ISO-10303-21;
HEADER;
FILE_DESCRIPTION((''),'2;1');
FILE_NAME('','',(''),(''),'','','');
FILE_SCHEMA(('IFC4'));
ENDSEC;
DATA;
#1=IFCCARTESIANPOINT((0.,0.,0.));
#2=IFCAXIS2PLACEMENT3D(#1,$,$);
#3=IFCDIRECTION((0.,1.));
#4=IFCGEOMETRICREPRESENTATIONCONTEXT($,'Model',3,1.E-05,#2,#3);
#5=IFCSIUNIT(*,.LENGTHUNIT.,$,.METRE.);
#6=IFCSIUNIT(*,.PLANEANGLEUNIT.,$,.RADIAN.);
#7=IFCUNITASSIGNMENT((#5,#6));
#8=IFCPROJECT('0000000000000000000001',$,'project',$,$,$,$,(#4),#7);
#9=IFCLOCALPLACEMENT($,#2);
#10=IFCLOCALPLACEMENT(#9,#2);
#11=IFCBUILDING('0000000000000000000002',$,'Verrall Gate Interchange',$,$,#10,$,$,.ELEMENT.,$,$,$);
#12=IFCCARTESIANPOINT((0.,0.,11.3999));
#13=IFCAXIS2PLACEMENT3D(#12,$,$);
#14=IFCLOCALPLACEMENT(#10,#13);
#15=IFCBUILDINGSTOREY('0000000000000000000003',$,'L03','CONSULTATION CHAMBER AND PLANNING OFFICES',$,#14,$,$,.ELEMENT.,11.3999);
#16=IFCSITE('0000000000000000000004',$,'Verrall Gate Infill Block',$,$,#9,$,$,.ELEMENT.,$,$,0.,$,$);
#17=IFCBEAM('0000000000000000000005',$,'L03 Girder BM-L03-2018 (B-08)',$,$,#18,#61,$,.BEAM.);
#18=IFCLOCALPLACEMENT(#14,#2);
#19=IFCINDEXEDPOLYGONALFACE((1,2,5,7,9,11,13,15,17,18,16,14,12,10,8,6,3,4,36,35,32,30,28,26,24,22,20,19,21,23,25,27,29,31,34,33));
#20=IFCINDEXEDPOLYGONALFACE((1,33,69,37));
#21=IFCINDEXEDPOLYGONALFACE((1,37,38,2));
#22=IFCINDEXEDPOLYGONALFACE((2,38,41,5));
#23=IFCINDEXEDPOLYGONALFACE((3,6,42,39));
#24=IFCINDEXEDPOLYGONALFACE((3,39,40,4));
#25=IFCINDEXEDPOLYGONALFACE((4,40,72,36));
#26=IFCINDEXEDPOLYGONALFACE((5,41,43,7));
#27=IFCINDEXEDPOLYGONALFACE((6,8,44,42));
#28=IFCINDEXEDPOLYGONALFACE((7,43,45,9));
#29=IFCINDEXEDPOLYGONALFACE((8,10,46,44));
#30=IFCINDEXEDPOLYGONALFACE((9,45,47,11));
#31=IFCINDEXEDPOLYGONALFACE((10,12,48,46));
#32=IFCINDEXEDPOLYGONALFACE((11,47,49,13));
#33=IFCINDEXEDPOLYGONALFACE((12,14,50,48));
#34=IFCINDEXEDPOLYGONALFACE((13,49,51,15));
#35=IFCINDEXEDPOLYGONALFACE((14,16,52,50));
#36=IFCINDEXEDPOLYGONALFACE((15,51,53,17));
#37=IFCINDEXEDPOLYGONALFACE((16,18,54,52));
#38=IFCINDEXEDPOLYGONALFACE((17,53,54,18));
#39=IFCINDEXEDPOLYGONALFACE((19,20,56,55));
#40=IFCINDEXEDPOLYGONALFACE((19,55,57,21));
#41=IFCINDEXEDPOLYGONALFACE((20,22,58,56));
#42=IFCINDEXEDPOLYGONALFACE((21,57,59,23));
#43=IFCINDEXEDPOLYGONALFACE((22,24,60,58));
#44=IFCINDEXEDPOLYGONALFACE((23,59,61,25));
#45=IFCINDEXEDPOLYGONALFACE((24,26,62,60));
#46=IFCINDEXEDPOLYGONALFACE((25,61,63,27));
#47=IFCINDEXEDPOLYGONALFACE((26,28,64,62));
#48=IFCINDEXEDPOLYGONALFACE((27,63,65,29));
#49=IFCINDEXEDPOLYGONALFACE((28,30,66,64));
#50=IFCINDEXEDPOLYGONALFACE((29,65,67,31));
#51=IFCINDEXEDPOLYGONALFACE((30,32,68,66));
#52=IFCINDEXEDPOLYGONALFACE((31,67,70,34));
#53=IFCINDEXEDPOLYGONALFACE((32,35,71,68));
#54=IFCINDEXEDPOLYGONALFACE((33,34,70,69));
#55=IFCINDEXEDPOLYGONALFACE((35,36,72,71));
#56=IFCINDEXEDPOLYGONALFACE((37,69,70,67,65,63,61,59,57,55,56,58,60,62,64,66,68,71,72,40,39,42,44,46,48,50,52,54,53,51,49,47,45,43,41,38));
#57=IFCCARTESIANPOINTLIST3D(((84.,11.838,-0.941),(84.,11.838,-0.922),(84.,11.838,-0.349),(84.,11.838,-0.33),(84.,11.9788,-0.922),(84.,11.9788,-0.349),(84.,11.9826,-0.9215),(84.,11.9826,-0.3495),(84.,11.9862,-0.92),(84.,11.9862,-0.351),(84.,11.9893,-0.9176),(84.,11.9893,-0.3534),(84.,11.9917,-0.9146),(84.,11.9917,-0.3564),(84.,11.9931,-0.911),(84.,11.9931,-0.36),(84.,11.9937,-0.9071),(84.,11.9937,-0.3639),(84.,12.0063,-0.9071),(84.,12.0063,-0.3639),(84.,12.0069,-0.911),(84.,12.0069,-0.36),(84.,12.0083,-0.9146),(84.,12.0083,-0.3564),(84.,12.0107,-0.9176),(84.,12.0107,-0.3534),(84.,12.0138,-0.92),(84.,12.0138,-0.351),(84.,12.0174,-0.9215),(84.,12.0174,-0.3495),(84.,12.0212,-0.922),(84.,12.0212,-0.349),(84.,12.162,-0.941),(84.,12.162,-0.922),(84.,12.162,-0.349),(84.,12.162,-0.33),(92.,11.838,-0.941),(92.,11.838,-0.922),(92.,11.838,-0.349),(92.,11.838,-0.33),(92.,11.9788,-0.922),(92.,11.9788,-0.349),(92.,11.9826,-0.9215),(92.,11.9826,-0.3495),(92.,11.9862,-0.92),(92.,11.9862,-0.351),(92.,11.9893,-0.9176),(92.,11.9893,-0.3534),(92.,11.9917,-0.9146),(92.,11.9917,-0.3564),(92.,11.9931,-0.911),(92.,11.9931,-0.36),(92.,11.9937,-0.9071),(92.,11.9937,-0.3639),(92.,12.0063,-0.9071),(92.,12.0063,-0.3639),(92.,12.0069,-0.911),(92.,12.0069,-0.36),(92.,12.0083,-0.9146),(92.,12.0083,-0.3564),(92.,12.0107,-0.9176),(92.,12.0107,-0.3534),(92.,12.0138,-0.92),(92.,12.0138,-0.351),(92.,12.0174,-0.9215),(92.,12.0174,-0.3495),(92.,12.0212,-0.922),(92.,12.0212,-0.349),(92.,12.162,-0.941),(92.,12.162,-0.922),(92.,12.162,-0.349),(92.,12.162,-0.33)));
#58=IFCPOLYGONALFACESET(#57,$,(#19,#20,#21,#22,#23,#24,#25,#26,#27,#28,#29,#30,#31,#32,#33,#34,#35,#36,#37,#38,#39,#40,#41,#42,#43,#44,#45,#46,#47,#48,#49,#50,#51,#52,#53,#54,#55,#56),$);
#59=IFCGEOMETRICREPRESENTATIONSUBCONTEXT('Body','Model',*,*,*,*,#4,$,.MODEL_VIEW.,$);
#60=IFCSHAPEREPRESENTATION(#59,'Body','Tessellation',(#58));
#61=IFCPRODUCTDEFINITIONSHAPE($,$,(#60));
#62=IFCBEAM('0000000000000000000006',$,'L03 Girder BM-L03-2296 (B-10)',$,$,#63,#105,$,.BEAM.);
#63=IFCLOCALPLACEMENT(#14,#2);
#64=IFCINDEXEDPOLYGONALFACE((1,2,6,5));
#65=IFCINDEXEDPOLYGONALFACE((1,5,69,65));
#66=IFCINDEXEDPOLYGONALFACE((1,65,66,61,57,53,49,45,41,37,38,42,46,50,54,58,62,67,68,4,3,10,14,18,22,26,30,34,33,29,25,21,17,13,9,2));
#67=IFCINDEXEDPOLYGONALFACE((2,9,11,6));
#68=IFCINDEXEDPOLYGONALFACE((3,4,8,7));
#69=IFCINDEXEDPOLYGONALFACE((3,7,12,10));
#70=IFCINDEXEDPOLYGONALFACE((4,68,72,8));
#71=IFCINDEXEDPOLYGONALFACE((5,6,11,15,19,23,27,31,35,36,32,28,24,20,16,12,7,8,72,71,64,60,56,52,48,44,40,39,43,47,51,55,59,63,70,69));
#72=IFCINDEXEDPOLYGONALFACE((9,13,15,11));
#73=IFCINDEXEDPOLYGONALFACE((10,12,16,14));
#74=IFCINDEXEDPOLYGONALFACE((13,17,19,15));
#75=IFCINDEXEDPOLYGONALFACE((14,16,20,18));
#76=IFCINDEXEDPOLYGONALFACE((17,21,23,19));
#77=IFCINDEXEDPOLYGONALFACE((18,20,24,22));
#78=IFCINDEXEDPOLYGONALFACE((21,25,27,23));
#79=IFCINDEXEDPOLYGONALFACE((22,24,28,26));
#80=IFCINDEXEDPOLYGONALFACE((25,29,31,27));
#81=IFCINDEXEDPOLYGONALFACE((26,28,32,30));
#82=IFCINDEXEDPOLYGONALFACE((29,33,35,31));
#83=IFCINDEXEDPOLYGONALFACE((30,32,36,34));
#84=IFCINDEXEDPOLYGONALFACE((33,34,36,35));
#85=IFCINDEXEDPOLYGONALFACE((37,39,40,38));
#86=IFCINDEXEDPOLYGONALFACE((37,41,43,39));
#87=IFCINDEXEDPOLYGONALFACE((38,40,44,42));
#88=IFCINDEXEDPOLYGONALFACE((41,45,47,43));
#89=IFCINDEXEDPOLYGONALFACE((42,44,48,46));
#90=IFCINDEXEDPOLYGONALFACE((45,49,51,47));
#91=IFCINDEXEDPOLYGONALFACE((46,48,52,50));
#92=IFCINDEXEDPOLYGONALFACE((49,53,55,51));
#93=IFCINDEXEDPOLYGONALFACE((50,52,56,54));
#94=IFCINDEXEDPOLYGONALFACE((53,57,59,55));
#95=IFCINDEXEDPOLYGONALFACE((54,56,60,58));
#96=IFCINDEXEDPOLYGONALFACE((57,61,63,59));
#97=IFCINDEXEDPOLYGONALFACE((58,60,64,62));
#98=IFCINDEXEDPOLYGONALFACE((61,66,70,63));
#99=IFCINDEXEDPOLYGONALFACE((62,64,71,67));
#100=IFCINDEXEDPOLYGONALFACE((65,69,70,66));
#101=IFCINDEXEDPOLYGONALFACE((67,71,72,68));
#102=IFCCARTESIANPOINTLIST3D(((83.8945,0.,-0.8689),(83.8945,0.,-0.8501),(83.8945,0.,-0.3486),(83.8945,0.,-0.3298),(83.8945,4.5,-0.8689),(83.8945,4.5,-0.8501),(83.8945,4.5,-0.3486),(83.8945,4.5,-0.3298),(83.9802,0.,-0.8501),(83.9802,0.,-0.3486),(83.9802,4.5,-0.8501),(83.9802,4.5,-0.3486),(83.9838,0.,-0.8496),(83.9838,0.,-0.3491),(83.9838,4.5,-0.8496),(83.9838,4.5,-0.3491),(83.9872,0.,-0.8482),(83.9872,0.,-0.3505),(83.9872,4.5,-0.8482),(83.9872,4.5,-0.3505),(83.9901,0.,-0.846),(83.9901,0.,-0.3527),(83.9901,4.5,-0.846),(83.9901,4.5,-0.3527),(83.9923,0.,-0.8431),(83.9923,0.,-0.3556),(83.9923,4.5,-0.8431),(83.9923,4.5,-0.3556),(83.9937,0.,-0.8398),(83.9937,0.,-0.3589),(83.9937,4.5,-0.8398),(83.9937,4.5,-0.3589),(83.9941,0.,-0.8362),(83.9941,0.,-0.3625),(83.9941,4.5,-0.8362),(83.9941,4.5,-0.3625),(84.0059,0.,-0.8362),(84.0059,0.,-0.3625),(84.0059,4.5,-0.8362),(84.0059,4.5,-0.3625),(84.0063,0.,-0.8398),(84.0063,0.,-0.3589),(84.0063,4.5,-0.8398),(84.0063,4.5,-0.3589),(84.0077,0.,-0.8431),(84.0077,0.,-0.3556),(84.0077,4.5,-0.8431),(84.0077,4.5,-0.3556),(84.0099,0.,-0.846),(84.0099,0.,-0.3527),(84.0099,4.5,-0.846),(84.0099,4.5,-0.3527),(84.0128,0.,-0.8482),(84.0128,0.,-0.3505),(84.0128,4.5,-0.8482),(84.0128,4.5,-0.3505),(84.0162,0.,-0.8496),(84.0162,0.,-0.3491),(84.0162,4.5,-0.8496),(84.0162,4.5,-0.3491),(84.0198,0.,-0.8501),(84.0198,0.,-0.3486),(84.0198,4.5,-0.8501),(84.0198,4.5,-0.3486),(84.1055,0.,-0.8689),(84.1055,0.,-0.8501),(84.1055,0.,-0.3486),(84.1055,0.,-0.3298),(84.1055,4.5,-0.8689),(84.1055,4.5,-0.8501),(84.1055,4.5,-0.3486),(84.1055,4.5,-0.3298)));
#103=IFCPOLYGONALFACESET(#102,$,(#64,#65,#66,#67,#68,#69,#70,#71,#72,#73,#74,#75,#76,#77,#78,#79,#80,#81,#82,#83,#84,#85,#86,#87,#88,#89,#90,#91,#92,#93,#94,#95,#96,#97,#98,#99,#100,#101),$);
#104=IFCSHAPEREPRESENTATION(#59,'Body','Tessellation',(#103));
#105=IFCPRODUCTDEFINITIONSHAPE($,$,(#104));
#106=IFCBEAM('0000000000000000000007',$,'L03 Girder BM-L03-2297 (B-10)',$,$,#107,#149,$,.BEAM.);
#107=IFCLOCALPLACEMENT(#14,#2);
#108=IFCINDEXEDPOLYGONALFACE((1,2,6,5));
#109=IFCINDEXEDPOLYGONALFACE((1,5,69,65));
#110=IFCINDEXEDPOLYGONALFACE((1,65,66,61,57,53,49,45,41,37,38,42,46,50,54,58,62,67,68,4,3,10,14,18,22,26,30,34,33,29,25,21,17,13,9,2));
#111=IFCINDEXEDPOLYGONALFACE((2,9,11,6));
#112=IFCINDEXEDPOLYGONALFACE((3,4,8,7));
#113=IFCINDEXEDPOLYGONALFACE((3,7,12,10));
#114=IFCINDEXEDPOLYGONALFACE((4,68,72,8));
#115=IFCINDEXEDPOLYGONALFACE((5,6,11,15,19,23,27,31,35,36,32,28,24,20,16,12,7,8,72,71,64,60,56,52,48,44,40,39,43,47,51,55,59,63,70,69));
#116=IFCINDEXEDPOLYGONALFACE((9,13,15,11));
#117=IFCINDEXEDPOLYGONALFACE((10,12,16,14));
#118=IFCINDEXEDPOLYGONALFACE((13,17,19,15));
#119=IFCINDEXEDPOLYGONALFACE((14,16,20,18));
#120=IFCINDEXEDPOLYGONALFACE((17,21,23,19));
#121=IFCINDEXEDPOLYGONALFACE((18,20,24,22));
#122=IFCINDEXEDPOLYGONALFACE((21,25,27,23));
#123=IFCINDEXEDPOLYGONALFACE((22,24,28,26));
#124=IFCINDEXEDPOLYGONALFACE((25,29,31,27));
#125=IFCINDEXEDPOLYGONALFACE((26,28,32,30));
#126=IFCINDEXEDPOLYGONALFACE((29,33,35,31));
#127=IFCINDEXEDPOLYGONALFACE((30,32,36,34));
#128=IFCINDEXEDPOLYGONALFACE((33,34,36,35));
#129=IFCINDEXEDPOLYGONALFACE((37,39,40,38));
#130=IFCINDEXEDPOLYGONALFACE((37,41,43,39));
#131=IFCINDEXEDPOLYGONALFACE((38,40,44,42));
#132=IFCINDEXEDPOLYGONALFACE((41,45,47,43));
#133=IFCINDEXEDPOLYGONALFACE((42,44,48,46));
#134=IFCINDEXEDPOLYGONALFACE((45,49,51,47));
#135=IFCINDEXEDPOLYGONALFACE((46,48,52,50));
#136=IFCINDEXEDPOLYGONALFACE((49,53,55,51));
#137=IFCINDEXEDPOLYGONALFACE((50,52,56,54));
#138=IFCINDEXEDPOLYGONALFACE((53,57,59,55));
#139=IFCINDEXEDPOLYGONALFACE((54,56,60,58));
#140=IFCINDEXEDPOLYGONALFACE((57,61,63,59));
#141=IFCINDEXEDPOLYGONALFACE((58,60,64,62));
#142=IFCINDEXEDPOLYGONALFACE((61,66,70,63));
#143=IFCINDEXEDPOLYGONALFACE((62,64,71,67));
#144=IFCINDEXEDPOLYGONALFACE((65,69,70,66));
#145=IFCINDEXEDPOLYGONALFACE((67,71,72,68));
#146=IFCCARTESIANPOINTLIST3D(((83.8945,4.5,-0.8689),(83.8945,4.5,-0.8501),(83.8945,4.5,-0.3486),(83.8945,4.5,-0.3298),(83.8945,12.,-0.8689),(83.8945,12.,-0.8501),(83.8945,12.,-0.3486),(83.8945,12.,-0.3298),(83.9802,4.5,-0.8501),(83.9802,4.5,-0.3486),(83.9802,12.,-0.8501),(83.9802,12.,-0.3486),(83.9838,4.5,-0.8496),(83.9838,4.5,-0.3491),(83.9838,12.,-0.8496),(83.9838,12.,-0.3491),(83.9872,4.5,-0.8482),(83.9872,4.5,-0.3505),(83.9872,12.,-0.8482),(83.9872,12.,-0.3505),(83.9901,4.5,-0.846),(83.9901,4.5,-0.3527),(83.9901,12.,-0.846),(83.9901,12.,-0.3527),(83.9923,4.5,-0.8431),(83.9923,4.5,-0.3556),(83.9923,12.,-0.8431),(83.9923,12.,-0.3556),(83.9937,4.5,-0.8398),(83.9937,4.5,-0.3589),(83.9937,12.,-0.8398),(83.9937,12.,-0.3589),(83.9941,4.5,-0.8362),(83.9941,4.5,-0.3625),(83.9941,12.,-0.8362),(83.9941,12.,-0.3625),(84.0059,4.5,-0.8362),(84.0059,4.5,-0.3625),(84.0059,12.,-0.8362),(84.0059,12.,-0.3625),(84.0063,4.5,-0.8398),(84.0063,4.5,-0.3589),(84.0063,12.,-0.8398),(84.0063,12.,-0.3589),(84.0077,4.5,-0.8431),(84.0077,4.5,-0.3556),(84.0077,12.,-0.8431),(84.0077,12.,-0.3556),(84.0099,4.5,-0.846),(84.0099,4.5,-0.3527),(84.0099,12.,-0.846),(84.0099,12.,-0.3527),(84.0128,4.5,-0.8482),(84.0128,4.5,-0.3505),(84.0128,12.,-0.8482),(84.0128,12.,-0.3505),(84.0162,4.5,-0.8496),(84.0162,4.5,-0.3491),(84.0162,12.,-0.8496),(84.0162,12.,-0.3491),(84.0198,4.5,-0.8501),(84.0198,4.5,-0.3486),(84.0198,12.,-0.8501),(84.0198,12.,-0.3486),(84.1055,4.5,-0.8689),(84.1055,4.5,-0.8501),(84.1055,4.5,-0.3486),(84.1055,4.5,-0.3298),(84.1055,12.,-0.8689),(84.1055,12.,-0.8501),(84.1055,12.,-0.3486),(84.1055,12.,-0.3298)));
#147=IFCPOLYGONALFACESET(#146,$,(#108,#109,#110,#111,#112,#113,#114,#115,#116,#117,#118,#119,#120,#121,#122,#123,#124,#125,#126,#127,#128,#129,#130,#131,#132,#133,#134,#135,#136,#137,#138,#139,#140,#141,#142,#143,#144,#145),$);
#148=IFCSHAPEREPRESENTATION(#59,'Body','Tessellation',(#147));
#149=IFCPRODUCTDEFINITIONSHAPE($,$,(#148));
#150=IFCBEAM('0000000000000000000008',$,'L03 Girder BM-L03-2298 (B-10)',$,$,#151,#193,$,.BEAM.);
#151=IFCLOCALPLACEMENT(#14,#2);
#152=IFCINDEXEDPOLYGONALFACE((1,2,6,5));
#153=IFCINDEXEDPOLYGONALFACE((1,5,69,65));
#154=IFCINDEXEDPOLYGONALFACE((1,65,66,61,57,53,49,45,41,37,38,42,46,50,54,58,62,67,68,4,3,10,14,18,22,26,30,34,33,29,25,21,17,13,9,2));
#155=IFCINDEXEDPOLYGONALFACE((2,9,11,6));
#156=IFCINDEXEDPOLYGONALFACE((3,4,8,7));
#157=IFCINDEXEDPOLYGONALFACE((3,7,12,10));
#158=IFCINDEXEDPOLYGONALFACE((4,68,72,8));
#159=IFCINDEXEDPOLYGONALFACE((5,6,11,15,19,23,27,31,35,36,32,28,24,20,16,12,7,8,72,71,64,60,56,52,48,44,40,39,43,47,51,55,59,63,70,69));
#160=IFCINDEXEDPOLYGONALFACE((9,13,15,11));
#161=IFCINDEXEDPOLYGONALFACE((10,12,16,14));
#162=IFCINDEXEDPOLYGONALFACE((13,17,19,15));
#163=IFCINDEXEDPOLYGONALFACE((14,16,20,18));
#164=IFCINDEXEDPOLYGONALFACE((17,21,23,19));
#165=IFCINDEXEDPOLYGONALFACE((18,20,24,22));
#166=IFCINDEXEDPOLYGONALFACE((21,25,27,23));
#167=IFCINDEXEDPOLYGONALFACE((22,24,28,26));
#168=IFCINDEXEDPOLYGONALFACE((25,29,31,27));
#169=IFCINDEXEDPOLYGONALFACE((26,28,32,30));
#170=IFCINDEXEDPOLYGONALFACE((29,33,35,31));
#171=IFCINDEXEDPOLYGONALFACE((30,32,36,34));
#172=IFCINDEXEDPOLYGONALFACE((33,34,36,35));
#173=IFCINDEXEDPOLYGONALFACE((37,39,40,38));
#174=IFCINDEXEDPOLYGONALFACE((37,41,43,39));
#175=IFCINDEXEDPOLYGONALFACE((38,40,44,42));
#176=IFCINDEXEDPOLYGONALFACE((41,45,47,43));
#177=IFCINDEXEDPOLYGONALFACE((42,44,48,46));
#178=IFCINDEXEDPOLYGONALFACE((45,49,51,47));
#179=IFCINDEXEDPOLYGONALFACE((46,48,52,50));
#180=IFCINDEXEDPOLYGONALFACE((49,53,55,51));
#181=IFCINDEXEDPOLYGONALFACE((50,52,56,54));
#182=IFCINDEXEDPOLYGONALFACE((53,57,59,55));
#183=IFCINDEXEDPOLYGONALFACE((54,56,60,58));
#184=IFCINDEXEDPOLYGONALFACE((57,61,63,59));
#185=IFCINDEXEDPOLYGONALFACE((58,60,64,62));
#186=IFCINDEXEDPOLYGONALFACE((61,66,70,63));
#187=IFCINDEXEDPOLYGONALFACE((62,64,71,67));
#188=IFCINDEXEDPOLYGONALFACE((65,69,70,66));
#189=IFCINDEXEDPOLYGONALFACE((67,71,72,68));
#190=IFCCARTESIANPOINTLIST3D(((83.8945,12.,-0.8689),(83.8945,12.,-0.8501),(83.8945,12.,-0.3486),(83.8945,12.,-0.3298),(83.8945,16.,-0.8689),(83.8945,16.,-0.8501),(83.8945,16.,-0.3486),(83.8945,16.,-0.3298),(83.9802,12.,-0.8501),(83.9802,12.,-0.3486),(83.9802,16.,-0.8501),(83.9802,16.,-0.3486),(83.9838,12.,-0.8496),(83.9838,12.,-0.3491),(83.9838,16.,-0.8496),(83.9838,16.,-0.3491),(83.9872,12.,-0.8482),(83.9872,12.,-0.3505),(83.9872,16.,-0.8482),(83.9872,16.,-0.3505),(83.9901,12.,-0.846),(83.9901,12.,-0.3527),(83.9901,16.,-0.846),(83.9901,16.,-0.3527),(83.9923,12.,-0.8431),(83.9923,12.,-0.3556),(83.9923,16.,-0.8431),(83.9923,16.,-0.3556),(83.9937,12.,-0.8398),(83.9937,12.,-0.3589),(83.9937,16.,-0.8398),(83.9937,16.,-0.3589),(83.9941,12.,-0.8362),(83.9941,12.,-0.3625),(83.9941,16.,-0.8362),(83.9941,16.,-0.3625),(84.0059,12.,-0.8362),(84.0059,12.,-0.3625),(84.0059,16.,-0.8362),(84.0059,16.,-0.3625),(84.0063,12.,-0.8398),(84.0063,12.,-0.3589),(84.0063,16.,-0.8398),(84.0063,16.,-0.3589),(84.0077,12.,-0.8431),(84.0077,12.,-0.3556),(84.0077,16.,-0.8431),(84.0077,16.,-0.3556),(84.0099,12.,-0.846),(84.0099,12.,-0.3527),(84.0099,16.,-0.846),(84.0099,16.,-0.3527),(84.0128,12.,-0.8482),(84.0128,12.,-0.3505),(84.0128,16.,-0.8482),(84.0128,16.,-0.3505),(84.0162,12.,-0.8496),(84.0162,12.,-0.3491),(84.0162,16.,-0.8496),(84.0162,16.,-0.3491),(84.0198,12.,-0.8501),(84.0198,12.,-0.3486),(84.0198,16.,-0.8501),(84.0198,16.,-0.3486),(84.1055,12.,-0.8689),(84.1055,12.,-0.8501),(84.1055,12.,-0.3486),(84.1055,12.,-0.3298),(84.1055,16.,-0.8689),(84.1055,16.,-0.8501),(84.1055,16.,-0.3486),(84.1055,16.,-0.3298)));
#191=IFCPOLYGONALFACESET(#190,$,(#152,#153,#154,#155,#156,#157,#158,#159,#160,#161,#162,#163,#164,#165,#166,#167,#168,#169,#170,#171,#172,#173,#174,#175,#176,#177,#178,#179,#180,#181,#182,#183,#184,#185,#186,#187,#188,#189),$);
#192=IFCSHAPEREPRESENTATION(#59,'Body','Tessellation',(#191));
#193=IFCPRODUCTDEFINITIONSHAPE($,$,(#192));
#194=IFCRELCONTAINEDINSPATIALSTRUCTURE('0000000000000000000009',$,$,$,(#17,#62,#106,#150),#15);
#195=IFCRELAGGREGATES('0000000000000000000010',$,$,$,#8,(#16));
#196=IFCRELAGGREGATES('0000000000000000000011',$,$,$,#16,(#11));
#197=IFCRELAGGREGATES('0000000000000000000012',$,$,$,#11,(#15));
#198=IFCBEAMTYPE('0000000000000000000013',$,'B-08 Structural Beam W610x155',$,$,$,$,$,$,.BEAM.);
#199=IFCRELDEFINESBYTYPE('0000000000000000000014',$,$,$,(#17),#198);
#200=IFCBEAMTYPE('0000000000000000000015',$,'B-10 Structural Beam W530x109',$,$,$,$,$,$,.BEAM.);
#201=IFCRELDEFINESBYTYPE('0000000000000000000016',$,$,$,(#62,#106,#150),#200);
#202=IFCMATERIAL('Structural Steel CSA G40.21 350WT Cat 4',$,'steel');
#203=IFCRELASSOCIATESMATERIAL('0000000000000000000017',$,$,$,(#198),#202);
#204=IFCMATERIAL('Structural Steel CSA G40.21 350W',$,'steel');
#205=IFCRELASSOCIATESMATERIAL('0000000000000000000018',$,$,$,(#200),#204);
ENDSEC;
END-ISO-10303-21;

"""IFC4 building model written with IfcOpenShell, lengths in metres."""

from ifc_helpers import new_model, si_unit, direction, frame, origin, origin_2d, place, context, subcontext, project, spatial, i_section, extrude, material, material_profile, profile_set, type_object, element, save


model = new_model("IFC4")

# Units and contexts
model_context = context("Model", 3, precision=1e-05, world=origin(), true_north=direction((0.0, 1.0)))
body_context = subcontext(model_context, "Body", "Model", "MODEL_VIEW")
ifc_project = project(units=[si_unit("LENGTHUNIT", "METRE"), si_unit("PLANEANGLEUNIT", "RADIAN")], contexts=[model_context])

# Site, building, storey
site_placement = place(None, origin())
site = spatial("IfcSite", under=ifc_project, at=site_placement, Name="Verrall Gate Infill Block", CompositionType="ELEMENT", RefElevation=0.0)
building_placement = place(site_placement, origin())
building = spatial("IfcBuilding", under=site, at=building_placement, Name="Verrall Gate Interchange", CompositionType="ELEMENT")
storey_placement = place(building_placement, frame((0.0, 0.0, 11.3999)))
storey = spatial("IfcBuildingStorey", under=building, at=storey_placement, Name="L03", Description="CONSULTATION CHAMBER AND PLANNING OFFICES", CompositionType="ELEMENT", Elevation=11.3999)

# Beams
ifc_material_1 = material(Name="Structural Steel CSA G40.21 350WT Cat 4", Category="steel")
ifc_material_profile_1 = material_profile(ifc_material_1, i_section(OverallWidth=0.324, OverallDepth=0.6111, WebThickness=0.0127, FlangeThickness=0.019, FilletRadius=0.0149, at=origin_2d()), Name="W610x155")
ifc_profile_set_1 = profile_set([ifc_material_profile_1], Name="Structural Steel CSA G40.21 350WT Cat 4")
beam_type_1 = type_object("IfcBeamType", Name="B-08 Structural Beam W610x155", PredefinedType="BEAM", material=ifc_profile_set_1)
for number, where, z_axis, x_axis, name in (
    (1, (84.0, 12.0, -0.6355), (1.0, 0.0, 0.0), (0.0, 1.0, 0.0), "L03 Girder BM-L03-2018 (B-08)"),
):
    element("IfcBeam", number, at=place(storey_placement, frame(where, z_axis=z_axis, x_axis=x_axis)), inside=storey, type_object=beam_type_1, Name=name, PredefinedType="BEAM", context=body_context, shape_type="SweptSolid", body=[
        extrude(i_section(OverallWidth=0.324, OverallDepth=0.6111, WebThickness=0.0127, FlangeThickness=0.019, FilletRadius=0.0149, at=origin_2d()), origin(), (0.0, 0.0, 1.0), 8.0),
    ])
ifc_material_2 = material(Name="Structural Steel CSA G40.21 350W", Category="steel")
ifc_material_profile_2 = material_profile(ifc_material_2, i_section(OverallWidth=0.2109, OverallDepth=0.5391, WebThickness=0.0117, FlangeThickness=0.0188, FilletRadius=0.0139, at=origin_2d()), Name="W530x109")
ifc_profile_set_2 = profile_set([ifc_material_profile_2], Name="Structural Steel CSA G40.21 350W")
beam_type_2 = type_object("IfcBeamType", Name="B-10 Structural Beam W530x109", PredefinedType="BEAM", material=ifc_profile_set_2)
beam_1_placement = place(storey_placement, frame((84.0, 0.0, -0.5994), z_axis=(0.0, 1.0, 0.0), x_axis=(-1.0, 0.0, 0.0)))
element("IfcBeam", 2, at=beam_1_placement, inside=storey, type_object=beam_type_2, Name="L03 Girder BM-L03-2296 (B-10)", PredefinedType="BEAM", context=body_context, shape_type="SweptSolid", body=[
    extrude(i_section(OverallWidth=0.2109, OverallDepth=0.5391, WebThickness=0.0117, FlangeThickness=0.0188, FilletRadius=0.0139, at=origin_2d()), origin(), (0.0, 0.0, 1.0), 4.5),
])
beam_2_placement = place(storey_placement, frame((84.0, 4.5, -0.5994), z_axis=(0.0, 1.0, 0.0), x_axis=(-1.0, 0.0, 0.0)))
element("IfcBeam", 3, at=beam_2_placement, inside=storey, type_object=beam_type_2, Name="L03 Girder BM-L03-2297 (B-10)", PredefinedType="BEAM", context=body_context, shape_type="SweptSolid", body=[
    extrude(i_section(OverallWidth=0.2109, OverallDepth=0.5391, WebThickness=0.0117, FlangeThickness=0.0188, FilletRadius=0.0139, at=origin_2d()), origin(), (0.0, 0.0, 1.0), 7.5),
])
beam_3_placement = place(storey_placement, frame((84.0, 12.0, -0.5994), z_axis=(0.0, 1.0, 0.0), x_axis=(-1.0, 0.0, 0.0)))
element("IfcBeam", 4, at=beam_3_placement, inside=storey, type_object=beam_type_2, Name="L03 Girder BM-L03-2298 (B-10)", PredefinedType="BEAM", context=body_context, shape_type="SweptSolid", body=[
    extrude(i_section(OverallWidth=0.2109, OverallDepth=0.5391, WebThickness=0.0117, FlangeThickness=0.0188, FilletRadius=0.0139, at=origin_2d()), origin(), (0.0, 0.0, 1.0), 4.0),
])

save(model, "model.ifc")
